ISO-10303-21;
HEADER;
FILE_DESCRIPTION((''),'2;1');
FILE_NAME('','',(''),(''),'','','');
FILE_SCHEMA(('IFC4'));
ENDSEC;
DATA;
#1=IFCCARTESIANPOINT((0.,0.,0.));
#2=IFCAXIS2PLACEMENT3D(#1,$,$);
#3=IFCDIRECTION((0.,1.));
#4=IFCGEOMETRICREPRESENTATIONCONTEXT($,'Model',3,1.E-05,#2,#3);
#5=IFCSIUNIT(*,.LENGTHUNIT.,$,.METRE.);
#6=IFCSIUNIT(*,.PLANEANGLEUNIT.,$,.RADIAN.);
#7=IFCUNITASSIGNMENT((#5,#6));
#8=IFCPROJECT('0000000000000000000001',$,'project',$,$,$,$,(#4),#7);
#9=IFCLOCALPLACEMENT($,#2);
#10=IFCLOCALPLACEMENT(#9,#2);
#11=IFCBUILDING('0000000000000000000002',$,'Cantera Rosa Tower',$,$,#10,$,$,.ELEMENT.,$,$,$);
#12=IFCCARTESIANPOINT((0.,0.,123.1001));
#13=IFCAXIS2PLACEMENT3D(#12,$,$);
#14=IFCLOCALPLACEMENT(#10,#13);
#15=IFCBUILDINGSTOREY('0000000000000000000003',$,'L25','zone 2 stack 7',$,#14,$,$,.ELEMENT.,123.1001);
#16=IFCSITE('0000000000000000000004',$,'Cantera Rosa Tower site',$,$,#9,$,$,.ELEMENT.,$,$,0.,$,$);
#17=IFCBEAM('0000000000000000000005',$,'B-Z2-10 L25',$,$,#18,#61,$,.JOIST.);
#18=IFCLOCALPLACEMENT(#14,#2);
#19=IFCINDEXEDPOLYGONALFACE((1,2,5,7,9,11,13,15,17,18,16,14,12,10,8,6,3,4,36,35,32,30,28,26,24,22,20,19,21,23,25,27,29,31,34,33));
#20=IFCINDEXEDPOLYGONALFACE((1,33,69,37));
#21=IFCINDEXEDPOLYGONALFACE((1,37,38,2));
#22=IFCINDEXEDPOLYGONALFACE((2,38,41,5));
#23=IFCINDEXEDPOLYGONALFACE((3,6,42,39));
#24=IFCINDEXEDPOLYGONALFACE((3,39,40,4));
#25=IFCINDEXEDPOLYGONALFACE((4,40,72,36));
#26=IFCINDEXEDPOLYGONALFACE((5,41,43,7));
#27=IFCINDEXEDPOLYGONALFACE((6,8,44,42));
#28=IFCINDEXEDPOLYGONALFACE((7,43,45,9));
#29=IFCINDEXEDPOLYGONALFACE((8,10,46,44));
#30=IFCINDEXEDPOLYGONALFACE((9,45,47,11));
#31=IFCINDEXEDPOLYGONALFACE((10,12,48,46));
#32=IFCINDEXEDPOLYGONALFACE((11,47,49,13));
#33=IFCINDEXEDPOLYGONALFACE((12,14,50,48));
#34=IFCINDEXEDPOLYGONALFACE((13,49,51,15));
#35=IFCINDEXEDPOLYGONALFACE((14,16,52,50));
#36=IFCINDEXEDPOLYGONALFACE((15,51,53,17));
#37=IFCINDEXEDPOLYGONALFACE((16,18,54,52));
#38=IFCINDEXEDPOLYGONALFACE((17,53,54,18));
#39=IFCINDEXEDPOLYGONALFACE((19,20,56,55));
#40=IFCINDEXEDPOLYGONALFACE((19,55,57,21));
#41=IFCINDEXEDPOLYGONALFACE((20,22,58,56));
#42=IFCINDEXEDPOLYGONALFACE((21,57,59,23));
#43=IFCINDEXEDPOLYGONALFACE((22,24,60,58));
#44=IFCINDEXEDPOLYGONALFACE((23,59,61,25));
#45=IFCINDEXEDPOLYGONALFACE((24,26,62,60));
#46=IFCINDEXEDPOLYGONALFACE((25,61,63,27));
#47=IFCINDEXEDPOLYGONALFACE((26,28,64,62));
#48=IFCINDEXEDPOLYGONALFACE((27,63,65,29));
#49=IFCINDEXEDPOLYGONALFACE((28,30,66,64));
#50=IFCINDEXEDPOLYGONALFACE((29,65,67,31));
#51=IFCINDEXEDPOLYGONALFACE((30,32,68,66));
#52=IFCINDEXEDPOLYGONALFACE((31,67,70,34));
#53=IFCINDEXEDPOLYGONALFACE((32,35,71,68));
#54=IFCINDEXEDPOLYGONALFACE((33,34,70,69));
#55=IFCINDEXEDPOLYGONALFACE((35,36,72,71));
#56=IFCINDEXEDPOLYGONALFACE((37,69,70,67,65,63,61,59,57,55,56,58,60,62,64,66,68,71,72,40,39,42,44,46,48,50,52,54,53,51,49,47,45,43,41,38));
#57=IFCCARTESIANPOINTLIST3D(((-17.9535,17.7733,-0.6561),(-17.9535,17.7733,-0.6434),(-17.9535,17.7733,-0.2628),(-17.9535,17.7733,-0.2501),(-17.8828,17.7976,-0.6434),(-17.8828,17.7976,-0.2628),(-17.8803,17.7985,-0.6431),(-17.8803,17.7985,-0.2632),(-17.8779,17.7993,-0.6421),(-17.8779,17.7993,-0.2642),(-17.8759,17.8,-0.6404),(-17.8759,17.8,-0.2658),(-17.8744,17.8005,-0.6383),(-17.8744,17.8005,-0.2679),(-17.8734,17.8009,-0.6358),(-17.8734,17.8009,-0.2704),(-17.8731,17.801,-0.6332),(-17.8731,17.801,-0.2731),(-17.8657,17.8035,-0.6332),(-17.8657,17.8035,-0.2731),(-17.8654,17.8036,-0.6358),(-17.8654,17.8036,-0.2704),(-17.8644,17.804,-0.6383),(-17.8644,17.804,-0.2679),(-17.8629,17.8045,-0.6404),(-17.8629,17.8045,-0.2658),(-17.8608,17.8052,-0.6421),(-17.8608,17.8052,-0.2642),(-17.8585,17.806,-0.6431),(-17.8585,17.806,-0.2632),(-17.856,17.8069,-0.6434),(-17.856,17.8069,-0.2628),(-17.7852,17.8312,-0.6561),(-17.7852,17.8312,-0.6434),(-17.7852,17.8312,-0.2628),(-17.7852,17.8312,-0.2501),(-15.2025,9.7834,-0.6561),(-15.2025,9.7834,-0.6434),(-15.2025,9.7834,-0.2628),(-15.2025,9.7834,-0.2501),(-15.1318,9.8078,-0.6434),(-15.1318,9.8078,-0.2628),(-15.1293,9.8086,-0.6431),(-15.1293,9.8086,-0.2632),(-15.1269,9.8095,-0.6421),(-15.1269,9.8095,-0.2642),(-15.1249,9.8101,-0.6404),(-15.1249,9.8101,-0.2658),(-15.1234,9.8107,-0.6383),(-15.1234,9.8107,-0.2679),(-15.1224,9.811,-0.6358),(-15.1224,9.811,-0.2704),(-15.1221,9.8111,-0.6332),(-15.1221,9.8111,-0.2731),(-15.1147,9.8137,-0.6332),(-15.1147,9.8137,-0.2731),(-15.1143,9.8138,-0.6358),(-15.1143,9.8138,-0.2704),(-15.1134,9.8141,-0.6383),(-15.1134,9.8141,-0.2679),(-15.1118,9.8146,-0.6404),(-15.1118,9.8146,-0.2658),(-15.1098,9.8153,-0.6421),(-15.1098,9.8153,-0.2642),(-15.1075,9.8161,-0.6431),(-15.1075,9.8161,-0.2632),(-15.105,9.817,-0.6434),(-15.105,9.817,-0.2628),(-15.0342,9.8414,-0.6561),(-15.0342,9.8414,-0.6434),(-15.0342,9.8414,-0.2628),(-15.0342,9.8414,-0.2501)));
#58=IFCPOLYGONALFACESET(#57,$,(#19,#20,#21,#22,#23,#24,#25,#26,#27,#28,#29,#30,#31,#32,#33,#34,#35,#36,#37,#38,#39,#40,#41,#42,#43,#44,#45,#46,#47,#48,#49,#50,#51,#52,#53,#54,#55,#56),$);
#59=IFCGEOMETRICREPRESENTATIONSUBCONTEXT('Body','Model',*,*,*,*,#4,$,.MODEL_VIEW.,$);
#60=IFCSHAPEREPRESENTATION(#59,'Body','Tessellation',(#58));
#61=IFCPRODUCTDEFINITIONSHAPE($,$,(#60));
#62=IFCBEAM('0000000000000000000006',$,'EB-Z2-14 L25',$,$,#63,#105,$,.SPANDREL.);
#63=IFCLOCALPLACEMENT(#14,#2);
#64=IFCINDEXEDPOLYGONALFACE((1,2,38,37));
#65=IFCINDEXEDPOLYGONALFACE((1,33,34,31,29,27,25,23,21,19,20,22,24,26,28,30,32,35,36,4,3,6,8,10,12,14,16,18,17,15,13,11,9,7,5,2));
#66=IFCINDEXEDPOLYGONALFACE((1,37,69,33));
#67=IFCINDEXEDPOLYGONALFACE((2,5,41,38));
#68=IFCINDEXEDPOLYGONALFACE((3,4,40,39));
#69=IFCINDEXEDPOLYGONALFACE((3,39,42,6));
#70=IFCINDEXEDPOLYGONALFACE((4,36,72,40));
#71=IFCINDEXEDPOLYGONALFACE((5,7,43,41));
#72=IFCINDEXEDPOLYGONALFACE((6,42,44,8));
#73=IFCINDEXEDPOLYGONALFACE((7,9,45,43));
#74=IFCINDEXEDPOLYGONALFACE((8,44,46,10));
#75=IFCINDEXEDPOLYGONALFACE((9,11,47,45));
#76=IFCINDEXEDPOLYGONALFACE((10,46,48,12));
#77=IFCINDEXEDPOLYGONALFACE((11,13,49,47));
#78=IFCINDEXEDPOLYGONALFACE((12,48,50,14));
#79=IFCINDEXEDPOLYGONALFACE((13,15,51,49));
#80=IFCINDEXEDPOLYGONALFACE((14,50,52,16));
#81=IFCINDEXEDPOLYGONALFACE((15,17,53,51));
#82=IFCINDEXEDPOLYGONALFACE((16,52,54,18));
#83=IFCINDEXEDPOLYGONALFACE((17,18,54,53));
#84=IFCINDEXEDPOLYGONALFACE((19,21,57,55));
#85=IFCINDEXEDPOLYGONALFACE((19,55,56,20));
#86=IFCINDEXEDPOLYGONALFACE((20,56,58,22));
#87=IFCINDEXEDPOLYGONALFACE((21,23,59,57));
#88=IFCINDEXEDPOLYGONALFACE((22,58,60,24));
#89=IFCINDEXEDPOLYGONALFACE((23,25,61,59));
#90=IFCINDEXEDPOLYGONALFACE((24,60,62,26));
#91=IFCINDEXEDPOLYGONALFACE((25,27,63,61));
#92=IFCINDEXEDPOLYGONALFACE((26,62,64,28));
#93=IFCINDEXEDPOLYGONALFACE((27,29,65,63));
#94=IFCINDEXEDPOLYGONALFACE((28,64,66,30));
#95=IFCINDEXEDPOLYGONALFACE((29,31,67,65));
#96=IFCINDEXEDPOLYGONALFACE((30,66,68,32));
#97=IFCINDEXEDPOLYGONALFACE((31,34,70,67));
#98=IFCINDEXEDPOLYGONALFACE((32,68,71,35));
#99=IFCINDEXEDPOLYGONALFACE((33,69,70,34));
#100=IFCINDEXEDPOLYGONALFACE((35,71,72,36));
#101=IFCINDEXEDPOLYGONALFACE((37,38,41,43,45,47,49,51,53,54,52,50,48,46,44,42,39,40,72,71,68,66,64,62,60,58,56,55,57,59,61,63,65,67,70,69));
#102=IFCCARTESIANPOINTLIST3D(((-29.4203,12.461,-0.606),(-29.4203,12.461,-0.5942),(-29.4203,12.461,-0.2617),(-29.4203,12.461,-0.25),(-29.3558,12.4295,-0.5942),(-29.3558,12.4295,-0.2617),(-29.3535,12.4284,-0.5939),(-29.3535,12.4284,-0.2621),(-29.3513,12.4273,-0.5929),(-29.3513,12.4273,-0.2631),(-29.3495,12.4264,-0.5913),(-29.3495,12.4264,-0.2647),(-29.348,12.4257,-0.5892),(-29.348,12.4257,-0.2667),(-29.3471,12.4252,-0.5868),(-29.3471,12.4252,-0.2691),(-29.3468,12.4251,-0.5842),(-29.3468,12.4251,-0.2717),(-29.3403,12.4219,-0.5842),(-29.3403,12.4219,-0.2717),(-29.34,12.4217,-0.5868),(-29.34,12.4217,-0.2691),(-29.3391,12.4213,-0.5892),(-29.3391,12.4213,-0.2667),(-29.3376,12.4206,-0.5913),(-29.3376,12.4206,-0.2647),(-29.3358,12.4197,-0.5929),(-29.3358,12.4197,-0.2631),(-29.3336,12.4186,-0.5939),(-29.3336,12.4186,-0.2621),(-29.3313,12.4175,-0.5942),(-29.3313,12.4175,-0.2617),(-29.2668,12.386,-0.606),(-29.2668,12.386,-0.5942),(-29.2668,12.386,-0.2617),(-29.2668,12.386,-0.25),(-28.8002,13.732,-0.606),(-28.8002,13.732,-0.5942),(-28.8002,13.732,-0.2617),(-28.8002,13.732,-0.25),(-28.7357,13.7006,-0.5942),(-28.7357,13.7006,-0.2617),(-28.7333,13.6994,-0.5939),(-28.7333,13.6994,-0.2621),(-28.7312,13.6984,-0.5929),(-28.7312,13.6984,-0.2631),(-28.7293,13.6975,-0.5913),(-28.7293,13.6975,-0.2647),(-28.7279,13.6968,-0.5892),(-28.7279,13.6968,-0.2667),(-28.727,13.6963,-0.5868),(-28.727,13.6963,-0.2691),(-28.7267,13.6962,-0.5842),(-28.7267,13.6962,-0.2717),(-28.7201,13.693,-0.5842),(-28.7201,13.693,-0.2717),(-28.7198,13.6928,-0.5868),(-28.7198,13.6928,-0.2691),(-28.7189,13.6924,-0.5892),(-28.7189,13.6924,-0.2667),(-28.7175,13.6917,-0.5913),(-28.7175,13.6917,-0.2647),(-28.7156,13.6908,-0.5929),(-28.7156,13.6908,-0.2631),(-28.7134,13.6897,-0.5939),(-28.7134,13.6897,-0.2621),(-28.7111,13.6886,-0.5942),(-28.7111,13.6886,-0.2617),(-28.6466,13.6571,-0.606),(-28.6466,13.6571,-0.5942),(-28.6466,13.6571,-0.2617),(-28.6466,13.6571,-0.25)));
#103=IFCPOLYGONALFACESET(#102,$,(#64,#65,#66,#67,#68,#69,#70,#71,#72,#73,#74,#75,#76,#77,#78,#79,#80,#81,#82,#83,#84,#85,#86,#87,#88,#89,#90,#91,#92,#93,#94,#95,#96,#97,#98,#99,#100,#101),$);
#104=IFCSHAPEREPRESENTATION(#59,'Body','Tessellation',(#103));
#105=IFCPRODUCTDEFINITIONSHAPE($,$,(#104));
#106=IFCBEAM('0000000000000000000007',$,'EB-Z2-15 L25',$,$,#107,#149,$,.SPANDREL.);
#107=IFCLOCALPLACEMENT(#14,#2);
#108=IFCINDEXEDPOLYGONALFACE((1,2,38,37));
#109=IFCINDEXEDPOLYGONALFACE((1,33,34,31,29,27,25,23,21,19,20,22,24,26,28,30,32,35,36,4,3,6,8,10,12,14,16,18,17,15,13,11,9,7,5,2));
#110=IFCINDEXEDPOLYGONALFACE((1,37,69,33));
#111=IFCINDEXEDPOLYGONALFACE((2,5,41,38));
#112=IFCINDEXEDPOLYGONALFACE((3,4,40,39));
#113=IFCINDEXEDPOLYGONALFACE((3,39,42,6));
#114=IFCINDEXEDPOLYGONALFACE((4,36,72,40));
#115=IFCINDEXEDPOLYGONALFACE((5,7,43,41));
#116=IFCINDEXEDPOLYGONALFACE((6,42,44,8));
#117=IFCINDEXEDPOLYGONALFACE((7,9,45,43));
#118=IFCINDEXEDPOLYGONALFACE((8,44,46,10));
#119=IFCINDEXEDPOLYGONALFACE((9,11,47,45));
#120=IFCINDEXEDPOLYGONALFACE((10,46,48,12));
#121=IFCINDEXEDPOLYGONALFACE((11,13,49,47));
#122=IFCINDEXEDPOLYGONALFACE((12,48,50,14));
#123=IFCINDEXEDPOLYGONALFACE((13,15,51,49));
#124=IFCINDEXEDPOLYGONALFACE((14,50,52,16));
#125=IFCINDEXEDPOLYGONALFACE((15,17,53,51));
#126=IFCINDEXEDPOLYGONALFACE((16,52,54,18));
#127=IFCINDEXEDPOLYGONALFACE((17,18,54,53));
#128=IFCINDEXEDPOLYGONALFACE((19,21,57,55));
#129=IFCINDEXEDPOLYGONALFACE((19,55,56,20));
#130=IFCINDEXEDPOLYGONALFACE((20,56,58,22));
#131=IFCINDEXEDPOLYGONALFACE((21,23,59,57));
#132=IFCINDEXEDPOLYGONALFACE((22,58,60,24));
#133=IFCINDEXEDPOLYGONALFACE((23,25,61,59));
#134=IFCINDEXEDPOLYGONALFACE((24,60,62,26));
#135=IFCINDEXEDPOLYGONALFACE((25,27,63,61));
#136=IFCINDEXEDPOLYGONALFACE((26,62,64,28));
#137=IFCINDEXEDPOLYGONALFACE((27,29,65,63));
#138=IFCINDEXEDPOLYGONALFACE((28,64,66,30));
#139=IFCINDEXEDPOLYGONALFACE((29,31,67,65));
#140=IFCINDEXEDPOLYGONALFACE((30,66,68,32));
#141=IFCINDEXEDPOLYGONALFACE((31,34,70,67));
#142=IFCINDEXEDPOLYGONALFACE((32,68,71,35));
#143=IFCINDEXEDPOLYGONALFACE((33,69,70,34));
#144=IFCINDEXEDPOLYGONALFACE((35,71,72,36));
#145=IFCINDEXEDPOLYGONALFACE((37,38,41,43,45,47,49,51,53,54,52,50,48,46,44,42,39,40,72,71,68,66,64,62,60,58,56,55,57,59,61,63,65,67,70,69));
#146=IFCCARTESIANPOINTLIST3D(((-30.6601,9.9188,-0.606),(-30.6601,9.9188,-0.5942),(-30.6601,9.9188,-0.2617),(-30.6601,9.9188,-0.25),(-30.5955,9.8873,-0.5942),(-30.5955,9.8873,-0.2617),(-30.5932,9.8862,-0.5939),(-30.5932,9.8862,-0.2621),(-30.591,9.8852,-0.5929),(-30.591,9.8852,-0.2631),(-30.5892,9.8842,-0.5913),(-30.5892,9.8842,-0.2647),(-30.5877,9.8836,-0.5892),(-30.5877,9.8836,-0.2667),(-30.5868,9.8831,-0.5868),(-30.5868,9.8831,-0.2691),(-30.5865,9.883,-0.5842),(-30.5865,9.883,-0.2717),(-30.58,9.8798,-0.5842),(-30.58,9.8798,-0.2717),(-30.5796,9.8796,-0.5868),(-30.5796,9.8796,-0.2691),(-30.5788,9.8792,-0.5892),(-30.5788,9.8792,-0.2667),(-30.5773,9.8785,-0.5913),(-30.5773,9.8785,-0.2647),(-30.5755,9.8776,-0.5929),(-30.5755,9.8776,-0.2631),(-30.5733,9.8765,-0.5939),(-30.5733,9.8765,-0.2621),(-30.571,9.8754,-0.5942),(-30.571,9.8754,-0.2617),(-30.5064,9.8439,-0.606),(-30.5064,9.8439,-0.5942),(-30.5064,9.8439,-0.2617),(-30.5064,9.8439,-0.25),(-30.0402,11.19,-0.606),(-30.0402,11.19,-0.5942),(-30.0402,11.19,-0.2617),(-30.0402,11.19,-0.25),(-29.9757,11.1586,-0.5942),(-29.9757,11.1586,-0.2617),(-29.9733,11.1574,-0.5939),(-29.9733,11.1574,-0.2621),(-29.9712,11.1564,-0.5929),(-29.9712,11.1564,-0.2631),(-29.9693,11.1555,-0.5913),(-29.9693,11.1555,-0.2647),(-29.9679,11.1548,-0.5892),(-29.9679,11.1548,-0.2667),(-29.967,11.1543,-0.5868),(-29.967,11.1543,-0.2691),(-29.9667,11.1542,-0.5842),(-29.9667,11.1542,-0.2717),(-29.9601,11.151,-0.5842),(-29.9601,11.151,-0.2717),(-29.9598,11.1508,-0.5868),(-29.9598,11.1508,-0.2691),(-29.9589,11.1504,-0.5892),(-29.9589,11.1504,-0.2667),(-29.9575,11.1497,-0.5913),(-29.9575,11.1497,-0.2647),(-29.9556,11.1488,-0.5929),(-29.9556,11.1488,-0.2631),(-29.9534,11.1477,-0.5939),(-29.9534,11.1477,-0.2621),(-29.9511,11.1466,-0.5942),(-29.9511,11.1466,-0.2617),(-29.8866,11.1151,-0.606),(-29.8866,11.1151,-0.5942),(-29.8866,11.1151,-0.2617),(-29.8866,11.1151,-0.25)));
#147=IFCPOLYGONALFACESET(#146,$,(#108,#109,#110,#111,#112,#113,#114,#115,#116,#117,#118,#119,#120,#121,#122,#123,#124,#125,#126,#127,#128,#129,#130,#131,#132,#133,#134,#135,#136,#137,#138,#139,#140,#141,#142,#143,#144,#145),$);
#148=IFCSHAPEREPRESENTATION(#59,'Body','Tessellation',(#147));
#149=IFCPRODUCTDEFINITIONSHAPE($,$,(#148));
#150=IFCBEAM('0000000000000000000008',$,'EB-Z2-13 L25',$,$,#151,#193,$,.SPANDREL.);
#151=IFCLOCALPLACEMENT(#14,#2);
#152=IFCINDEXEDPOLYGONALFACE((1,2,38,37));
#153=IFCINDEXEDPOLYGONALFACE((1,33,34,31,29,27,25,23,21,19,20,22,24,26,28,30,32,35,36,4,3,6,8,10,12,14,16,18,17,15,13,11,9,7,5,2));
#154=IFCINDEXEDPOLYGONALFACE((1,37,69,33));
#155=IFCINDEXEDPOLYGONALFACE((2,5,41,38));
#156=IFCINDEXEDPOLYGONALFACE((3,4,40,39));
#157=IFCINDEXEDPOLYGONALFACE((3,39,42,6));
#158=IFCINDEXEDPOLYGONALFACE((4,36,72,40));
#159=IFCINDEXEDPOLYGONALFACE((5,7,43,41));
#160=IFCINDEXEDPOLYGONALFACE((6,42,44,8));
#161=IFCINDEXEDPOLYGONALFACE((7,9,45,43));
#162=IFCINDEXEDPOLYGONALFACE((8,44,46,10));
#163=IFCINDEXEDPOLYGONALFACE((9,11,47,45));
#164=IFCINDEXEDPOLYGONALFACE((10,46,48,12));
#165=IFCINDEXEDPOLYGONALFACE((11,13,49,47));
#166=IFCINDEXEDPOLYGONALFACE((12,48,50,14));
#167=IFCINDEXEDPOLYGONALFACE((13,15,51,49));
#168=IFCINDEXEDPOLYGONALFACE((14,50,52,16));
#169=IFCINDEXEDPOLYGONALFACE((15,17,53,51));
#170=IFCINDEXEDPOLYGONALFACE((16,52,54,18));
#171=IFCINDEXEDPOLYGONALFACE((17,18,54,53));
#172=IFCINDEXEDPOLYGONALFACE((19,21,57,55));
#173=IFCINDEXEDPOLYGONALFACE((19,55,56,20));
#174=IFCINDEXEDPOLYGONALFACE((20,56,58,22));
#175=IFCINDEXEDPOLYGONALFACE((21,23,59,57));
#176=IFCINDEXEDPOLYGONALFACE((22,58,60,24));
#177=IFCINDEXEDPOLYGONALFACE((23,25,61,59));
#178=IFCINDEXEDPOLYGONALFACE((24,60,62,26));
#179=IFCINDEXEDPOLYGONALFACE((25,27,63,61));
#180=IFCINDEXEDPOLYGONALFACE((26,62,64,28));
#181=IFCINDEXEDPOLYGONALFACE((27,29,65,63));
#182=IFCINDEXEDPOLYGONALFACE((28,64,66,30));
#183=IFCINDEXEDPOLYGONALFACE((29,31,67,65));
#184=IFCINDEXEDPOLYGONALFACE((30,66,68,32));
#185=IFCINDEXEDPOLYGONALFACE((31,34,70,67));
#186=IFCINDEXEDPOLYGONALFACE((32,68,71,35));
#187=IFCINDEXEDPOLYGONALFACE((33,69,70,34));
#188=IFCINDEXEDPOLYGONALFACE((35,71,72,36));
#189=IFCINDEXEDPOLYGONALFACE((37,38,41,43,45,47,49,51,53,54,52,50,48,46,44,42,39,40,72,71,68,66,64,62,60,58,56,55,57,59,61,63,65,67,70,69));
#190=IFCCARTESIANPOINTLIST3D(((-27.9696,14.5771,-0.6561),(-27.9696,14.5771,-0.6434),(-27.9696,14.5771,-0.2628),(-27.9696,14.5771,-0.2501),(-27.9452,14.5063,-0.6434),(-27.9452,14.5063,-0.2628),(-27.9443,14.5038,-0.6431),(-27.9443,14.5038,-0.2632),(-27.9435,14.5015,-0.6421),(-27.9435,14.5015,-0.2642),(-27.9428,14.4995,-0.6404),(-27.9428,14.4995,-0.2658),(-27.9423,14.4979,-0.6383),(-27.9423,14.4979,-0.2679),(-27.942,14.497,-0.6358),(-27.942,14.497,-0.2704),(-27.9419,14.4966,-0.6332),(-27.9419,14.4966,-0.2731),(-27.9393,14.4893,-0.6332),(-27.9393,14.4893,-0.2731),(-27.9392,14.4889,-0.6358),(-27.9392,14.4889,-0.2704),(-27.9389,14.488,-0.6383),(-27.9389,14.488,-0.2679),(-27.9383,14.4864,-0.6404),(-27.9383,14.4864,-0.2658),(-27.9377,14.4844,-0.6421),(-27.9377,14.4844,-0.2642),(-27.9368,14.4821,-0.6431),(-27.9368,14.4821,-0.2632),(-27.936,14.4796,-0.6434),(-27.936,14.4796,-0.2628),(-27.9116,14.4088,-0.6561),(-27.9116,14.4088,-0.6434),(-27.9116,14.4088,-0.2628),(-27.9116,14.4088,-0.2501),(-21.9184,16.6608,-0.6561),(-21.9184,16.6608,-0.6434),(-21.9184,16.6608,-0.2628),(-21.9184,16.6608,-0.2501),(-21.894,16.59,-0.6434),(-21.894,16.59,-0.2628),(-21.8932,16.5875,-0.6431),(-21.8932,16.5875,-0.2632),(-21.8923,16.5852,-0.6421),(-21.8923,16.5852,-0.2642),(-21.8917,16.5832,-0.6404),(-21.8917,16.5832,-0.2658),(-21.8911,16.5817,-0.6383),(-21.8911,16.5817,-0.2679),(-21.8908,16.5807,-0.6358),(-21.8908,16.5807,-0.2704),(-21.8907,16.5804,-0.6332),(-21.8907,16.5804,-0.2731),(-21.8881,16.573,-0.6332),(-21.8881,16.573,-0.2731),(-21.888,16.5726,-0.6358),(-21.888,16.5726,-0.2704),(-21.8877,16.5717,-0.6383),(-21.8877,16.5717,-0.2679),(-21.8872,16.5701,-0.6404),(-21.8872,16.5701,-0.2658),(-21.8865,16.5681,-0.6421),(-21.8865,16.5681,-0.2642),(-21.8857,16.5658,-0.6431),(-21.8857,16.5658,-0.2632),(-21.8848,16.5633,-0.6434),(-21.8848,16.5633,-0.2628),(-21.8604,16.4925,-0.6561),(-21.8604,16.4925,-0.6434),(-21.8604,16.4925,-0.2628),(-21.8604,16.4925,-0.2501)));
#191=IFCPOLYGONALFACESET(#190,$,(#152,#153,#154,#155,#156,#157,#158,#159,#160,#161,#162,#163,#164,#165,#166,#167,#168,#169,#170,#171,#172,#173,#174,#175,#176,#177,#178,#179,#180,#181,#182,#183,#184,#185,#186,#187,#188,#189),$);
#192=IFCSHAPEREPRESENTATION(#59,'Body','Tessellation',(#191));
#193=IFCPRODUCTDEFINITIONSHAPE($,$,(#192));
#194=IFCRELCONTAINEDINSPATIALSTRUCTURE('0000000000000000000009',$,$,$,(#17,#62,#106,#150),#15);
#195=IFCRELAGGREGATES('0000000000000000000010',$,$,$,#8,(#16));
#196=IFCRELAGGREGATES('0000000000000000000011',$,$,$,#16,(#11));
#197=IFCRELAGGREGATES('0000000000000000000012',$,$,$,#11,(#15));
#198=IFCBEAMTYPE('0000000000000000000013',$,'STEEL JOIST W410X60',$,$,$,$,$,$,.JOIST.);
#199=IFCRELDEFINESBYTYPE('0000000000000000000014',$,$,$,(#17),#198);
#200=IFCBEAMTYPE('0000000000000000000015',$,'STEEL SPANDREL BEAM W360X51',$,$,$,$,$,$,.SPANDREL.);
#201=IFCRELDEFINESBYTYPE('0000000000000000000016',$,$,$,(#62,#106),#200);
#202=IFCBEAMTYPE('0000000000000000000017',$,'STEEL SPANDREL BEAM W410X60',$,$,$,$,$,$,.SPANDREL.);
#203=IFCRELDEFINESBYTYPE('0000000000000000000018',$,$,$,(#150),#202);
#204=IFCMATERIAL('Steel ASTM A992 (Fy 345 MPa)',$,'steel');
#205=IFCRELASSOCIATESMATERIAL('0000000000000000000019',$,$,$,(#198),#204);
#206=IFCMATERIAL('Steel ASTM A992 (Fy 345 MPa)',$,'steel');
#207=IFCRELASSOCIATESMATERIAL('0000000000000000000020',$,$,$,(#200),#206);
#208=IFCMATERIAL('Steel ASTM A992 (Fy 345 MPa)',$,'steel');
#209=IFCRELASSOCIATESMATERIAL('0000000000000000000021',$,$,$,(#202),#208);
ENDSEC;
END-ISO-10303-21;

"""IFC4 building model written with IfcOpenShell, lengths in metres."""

from ifc_helpers import new_model, si_unit, direction, frame, origin, origin_2d, place, context, subcontext, project, spatial, i_section, extrude, material, material_profile, profile_set, type_object, element, save


model = new_model("IFC4")

# Units and contexts
model_context = context("Model", 3, precision=1e-05, world=origin(), true_north=direction((0.0, 1.0)))
body_context = subcontext(model_context, "Body", "Model", "MODEL_VIEW")
ifc_project = project(units=[si_unit("LENGTHUNIT", "METRE"), si_unit("PLANEANGLEUNIT", "RADIAN")], contexts=[model_context])

# Site, building, storey
site_placement = place(None, origin())
site = spatial("IfcSite", under=ifc_project, at=site_placement, Name="Cantera Rosa Tower site", CompositionType="ELEMENT", RefElevation=0.0)
building_placement = place(site_placement, origin())
building = spatial("IfcBuilding", under=site, at=building_placement, Name="Cantera Rosa Tower", CompositionType="ELEMENT")
storey_placement = place(building_placement, frame((0.0, 0.0, 123.1001)))
storey = spatial("IfcBuildingStorey", under=building, at=storey_placement, Name="L25", Description="zone 2 stack 7", CompositionType="ELEMENT", Elevation=123.1001)

# Beams
ifc_material_1 = material(Name="Steel ASTM A992 (Fy 345 MPa)", Category="steel")
ifc_material_profile_1 = material_profile(ifc_material_1, i_section(OverallWidth=0.178, OverallDepth=0.406, WebThickness=0.0078, FlangeThickness=0.0127, FilletRadius=0.0103, at=origin_2d()), Name="W410X60")
ifc_profile_set_1 = profile_set([ifc_material_profile_1], Name="Steel ASTM A992 (Fy 345 MPa)")
beam_type_1 = type_object("IfcBeamType", Name="STEEL JOIST W410X60", PredefinedType="JOIST", material=ifc_profile_set_1)
beam_1_placement = place(storey_placement, frame((-17.8694, 17.8022, -0.4531), z_axis=(0.325556, -0.945523, 0.0), x_axis=(0.945523, 0.325556, 0.0)))
element("IfcBeam", 1, at=beam_1_placement, inside=storey, type_object=beam_type_1, Name="B-Z2-10 L25", PredefinedType="JOIST", context=body_context, shape_type="SweptSolid", body=[
    extrude(i_section(OverallWidth=0.178, OverallDepth=0.406, WebThickness=0.0078, FlangeThickness=0.0127, FilletRadius=0.0103, at=origin_2d()), origin(), (0.0, 0.0, 1.0), 8.4502),
])
ifc_material_2 = material(Name="Steel ASTM A992 (Fy 345 MPa)", Category="steel")
ifc_material_profile_2 = material_profile(ifc_material_2, i_section(OverallWidth=0.1709, OverallDepth=0.356, WebThickness=0.0073, FlangeThickness=0.0117, FilletRadius=0.01, at=origin_2d()), Name="W360X51")
ifc_profile_set_2 = profile_set([ifc_material_profile_2], Name="Steel ASTM A992 (Fy 345 MPa)")
beam_type_2 = type_object("IfcBeamType", Name="STEEL SPANDREL BEAM W360X51", PredefinedType="SPANDREL", material=ifc_profile_set_2)
for number, where, z_axis, x_axis, name in (
    (2, (-28.7234, 13.6946, -0.428), (-0.438492, -0.898735, 0.0), (0.898735, -0.438492, 0.0), "EB-Z2-14 L25"),
    (3, (-29.9634, 11.1526, -0.428), (-0.438284, -0.898836, 0.0), (0.898836, -0.438284, 0.0), "EB-Z2-15 L25"),
):
    element("IfcBeam", number, at=place(storey_placement, frame(where, z_axis=z_axis, x_axis=x_axis)), inside=storey, type_object=beam_type_2, Name=name, PredefinedType="SPANDREL", context=body_context, shape_type="SweptSolid", body=[
        extrude(i_section(OverallWidth=0.1709, OverallDepth=0.356, WebThickness=0.0073, FlangeThickness=0.0117, FilletRadius=0.01, at=origin_2d()), origin(), (0.0, 0.0, 1.0), 1.4143),
    ])
ifc_material_3 = material(Name="Steel ASTM A992 (Fy 345 MPa)", Category="steel")
ifc_material_profile_3 = material_profile(ifc_material_3, i_section(OverallWidth=0.178, OverallDepth=0.406, WebThickness=0.0078, FlangeThickness=0.0127, FilletRadius=0.0103, at=origin_2d()), Name="W410X60")
ifc_profile_set_3 = profile_set([ifc_material_profile_3], Name="Steel ASTM A992 (Fy 345 MPa)")
beam_type_3 = type_object("IfcBeamType", Name="STEEL SPANDREL BEAM W410X60", PredefinedType="SPANDREL", material=ifc_profile_set_3)
beam_2_placement = place(storey_placement, frame((-21.8894, 16.5767, -0.4531), z_axis=(-0.945513, -0.325585, 0.0), x_axis=(0.325585, -0.945513, 0.0)))
element("IfcBeam", 4, at=beam_2_placement, inside=storey, type_object=beam_type_3, Name="EB-Z2-13 L25", PredefinedType="SPANDREL", context=body_context, shape_type="SweptSolid", body=[
    extrude(i_section(OverallWidth=0.178, OverallDepth=0.406, WebThickness=0.0078, FlangeThickness=0.0127, FilletRadius=0.0103, at=origin_2d()), origin(), (0.0, 0.0, 1.0), 6.3999),
])

save(model, "model.ifc")
